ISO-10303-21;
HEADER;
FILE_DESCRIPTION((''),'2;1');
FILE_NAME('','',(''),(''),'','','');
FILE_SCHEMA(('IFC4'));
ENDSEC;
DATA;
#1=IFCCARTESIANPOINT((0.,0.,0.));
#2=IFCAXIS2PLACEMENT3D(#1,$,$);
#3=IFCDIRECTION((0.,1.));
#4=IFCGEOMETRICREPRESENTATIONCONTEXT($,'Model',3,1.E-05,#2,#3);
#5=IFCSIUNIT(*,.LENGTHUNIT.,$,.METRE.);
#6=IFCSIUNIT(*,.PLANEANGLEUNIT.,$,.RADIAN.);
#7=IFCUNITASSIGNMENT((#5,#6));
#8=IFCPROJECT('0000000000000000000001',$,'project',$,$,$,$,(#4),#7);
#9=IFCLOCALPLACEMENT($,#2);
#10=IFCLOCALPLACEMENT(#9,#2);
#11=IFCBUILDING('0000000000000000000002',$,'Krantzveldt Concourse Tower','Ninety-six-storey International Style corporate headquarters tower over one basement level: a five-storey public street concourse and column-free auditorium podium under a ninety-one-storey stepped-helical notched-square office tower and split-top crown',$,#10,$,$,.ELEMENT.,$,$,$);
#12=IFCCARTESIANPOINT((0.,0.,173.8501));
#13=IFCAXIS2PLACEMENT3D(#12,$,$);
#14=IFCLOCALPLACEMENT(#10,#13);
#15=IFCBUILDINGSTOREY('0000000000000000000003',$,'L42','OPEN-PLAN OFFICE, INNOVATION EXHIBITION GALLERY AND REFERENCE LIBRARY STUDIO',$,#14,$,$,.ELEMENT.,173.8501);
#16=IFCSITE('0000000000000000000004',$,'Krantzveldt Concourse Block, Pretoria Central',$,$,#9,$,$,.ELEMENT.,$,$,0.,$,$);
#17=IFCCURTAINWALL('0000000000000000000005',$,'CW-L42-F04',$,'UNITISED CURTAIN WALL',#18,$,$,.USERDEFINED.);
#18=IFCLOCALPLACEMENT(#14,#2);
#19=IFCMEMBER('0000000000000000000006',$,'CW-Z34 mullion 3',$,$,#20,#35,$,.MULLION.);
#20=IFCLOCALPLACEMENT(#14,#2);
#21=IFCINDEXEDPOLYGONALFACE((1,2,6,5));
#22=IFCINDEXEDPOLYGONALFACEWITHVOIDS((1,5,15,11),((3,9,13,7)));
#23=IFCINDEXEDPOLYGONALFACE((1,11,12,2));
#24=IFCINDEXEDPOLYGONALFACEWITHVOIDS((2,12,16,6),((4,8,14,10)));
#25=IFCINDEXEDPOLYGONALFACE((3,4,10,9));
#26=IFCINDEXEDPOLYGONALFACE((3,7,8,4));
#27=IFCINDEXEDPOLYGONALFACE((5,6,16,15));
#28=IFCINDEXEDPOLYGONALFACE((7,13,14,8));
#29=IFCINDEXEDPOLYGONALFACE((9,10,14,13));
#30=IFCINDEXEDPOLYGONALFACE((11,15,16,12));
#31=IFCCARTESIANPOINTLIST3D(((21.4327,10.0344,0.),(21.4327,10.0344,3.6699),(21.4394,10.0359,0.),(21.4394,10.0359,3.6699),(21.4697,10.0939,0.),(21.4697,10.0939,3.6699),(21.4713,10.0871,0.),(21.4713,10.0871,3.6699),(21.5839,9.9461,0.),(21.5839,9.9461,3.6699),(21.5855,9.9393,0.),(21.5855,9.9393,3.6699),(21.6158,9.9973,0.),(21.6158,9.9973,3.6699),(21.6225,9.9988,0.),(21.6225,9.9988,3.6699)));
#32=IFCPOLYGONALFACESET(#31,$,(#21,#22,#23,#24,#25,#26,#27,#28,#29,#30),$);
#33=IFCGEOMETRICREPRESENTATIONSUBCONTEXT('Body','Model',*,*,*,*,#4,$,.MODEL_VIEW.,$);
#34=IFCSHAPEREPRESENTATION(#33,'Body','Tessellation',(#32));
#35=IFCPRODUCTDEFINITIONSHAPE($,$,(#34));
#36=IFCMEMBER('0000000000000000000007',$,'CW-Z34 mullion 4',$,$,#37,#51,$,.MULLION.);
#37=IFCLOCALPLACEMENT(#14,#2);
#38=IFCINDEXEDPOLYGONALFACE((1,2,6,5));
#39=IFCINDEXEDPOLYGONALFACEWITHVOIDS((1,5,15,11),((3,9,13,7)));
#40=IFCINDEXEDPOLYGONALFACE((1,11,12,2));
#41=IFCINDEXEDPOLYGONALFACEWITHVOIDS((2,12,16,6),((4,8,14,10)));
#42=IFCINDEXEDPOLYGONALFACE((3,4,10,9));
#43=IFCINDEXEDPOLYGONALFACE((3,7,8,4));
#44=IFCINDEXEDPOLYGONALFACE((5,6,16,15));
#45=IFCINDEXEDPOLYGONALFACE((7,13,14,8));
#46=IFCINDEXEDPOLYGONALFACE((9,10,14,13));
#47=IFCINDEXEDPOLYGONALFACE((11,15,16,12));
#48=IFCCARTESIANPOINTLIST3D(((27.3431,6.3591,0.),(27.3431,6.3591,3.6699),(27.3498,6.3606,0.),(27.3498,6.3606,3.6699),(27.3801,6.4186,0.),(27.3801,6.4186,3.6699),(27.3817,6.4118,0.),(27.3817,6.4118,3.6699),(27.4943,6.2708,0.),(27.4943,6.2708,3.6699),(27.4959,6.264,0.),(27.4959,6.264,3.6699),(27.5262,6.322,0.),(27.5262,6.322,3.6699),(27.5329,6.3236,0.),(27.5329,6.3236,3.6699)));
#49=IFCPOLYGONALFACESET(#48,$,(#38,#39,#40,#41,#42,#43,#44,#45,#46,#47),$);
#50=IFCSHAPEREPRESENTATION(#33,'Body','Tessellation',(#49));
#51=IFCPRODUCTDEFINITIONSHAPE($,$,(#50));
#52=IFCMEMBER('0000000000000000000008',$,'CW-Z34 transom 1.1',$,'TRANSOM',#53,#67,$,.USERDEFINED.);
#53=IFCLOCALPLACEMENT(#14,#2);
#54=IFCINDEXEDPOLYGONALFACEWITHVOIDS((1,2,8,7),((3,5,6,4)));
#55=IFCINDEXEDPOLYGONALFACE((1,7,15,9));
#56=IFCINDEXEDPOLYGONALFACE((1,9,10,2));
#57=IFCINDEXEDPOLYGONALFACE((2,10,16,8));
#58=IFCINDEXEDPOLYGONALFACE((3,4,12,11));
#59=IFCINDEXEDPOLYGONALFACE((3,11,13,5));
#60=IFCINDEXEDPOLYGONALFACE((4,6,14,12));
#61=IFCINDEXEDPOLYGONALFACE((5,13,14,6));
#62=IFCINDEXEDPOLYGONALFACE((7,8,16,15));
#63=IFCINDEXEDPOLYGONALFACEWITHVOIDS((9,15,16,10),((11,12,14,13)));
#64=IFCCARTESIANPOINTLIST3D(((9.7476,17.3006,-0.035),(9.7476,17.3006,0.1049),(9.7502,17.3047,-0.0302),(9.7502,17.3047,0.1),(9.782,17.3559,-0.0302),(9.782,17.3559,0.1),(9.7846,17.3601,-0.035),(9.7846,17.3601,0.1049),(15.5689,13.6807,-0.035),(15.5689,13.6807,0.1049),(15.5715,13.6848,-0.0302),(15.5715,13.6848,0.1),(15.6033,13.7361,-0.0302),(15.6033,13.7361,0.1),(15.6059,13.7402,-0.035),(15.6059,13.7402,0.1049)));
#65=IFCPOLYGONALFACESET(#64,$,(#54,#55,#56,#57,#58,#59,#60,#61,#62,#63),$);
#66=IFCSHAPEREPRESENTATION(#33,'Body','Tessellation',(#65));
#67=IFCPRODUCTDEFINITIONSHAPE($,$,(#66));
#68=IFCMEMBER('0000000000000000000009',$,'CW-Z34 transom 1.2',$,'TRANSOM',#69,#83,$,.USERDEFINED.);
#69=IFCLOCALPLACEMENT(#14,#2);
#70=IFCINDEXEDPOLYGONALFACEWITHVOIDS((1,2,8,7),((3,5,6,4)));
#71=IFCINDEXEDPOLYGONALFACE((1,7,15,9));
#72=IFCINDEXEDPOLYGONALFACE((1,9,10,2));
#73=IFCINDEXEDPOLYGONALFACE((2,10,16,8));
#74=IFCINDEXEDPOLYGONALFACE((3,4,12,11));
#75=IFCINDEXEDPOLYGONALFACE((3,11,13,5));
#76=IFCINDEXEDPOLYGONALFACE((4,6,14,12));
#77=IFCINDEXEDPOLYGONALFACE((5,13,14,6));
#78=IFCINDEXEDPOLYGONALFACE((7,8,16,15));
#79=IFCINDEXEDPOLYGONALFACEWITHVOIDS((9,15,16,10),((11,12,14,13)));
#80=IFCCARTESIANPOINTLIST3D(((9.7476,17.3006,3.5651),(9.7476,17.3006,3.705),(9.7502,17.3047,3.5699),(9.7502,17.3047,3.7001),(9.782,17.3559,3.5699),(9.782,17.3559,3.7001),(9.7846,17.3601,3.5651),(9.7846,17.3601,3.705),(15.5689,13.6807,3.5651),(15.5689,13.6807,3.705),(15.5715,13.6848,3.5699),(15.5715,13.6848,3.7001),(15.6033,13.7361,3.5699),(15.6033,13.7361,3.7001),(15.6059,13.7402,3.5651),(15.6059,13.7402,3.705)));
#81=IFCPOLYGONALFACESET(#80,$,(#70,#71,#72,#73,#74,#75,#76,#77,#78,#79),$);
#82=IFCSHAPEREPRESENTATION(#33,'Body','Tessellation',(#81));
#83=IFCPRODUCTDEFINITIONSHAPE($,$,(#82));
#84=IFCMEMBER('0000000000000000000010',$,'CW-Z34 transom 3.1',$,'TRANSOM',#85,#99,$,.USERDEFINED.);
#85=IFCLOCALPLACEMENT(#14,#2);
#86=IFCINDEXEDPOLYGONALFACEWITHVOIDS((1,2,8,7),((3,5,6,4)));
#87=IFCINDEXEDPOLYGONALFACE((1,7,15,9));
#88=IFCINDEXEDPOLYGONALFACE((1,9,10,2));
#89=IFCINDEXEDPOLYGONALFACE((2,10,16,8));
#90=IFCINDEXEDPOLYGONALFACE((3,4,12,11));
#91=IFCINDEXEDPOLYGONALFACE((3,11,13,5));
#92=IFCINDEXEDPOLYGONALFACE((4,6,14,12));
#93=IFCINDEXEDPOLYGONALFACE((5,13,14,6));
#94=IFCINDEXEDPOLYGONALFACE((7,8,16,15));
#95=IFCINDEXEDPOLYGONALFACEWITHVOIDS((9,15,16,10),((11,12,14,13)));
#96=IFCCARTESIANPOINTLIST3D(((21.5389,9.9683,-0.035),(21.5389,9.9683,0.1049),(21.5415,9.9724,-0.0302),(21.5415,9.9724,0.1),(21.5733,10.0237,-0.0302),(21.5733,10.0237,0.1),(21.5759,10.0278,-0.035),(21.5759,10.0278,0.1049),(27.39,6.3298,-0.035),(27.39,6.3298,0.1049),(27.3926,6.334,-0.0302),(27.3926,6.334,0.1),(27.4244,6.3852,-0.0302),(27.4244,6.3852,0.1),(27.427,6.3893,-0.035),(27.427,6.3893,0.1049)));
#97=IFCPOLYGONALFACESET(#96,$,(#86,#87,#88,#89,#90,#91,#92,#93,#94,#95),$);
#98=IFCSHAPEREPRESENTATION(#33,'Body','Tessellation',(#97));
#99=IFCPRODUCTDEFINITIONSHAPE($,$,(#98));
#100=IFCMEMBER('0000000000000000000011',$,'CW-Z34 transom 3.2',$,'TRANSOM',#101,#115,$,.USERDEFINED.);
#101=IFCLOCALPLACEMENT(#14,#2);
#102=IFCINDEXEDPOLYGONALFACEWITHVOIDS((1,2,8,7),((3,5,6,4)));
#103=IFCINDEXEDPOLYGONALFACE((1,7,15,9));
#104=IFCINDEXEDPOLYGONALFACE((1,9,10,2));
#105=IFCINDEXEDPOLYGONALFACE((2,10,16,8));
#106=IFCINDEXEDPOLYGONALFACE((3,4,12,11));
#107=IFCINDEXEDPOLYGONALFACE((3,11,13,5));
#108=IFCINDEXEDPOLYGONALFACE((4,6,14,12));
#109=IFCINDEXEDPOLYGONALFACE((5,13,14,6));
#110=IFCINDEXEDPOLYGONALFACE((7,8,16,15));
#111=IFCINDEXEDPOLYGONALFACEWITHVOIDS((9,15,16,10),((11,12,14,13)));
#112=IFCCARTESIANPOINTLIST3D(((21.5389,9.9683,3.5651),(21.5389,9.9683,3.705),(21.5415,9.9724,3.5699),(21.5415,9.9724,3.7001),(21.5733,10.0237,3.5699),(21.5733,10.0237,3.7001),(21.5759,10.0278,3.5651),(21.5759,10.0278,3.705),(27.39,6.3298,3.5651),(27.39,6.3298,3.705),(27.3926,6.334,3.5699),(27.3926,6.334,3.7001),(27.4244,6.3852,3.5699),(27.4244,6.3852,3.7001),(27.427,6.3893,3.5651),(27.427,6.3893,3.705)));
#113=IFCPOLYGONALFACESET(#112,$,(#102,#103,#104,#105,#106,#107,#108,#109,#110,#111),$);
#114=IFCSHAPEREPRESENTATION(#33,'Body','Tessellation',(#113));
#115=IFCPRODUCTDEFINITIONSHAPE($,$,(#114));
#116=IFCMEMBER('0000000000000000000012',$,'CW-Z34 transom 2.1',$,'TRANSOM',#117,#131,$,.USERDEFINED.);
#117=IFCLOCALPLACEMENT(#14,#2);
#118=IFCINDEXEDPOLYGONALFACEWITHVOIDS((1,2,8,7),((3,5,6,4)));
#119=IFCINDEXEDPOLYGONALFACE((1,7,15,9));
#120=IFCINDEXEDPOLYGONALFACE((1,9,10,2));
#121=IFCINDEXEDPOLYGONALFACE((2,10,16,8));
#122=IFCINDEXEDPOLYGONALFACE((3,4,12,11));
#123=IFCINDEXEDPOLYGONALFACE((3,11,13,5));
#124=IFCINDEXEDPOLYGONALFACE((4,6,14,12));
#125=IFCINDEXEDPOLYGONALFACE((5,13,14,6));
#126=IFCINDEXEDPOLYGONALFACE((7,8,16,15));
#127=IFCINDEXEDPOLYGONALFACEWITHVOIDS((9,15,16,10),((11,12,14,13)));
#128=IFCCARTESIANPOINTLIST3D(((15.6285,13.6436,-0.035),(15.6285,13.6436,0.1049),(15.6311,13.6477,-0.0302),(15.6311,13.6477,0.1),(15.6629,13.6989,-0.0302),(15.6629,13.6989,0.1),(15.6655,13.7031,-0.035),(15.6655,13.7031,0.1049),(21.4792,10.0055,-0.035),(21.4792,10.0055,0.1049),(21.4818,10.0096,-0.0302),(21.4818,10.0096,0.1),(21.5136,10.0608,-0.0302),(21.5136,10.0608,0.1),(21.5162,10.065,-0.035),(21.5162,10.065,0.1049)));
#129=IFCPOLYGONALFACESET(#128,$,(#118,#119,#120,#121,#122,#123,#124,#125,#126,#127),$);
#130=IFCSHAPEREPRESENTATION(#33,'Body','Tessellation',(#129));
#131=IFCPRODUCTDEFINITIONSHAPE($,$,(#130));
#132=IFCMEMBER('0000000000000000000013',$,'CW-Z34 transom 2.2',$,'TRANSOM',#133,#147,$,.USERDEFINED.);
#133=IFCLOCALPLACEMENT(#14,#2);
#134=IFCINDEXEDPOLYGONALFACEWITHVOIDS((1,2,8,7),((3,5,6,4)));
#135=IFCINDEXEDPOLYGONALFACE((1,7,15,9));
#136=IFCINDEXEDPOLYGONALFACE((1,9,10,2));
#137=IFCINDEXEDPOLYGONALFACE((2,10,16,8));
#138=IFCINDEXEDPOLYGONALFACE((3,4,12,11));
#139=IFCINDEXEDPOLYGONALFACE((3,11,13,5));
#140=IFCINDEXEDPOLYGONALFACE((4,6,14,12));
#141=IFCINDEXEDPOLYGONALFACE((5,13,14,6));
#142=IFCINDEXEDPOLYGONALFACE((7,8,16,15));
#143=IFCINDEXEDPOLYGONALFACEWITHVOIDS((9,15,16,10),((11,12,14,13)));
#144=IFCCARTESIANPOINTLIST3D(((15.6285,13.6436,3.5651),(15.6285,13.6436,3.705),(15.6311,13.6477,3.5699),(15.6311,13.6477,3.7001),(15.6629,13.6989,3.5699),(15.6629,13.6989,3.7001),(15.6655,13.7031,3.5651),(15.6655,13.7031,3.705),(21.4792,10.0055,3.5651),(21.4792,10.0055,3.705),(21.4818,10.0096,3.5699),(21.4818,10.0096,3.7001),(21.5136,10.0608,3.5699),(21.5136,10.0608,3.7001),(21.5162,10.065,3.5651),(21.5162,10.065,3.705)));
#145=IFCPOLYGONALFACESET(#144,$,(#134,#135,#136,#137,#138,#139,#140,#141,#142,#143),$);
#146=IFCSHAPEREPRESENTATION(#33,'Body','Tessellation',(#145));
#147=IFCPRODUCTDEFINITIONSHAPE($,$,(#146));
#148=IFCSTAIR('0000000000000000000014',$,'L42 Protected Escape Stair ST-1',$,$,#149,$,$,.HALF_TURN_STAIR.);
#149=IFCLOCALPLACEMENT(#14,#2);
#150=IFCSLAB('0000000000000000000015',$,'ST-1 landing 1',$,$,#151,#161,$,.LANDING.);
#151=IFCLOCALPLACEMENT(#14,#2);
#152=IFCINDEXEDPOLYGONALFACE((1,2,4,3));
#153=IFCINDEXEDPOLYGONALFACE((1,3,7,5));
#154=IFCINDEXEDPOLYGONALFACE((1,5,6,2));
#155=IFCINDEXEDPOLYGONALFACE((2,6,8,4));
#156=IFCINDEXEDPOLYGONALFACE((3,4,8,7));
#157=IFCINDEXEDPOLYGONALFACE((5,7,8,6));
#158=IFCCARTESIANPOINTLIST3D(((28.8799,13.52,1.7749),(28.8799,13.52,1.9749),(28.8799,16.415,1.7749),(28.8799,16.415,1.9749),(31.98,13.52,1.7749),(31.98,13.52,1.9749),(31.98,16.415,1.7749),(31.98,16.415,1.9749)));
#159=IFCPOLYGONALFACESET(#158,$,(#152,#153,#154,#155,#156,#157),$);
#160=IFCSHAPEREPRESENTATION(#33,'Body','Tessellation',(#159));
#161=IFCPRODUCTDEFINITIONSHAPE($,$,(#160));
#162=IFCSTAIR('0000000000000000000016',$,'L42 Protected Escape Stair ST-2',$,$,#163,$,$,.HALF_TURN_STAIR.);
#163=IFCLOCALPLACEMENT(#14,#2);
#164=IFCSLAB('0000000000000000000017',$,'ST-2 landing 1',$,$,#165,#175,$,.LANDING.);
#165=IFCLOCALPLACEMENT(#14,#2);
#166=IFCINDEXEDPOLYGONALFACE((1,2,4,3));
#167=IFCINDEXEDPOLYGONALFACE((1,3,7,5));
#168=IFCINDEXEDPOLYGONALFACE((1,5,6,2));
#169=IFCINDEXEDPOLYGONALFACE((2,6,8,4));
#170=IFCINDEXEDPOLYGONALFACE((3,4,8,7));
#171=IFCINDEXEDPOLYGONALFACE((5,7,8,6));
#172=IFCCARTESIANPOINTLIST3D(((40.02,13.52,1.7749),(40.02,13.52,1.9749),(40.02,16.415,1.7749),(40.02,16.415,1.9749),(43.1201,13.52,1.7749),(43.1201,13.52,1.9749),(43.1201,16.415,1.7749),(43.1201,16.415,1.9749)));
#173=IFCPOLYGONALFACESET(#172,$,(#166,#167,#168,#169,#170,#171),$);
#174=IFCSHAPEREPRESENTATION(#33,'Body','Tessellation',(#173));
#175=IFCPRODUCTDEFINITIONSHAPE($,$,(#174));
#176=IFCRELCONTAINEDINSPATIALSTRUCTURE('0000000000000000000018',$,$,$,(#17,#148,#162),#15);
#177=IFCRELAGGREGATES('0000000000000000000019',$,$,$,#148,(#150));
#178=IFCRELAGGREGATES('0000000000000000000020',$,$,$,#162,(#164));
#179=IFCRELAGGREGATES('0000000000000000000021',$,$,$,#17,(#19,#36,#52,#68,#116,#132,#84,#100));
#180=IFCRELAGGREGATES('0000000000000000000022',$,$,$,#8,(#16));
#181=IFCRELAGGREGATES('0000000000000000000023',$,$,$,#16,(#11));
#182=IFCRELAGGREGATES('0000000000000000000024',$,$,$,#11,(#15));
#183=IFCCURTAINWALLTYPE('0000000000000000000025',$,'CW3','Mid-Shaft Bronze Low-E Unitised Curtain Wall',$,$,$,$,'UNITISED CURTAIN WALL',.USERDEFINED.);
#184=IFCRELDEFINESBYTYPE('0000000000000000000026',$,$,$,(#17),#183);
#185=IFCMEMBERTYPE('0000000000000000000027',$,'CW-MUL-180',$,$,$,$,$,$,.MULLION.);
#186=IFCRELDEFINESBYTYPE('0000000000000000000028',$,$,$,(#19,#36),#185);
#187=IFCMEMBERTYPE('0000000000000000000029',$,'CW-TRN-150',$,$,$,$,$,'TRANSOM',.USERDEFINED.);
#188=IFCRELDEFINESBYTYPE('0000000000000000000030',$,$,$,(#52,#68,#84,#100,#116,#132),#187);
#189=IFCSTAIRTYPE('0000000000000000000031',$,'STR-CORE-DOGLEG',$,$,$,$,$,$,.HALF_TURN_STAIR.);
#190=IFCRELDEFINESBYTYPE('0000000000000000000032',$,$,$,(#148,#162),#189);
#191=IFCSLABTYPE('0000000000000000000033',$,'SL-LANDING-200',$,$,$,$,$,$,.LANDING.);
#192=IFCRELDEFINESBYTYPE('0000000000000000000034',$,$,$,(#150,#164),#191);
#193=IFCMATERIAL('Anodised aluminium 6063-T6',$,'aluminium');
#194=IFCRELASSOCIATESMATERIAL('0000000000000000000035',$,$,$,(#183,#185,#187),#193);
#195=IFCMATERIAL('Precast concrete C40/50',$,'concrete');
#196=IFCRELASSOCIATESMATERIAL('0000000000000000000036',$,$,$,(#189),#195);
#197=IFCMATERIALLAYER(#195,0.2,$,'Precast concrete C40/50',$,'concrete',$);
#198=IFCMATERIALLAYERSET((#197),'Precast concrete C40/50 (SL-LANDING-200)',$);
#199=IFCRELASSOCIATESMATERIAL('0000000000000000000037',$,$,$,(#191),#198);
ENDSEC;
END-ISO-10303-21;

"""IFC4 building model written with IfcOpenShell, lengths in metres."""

from ifc_helpers import new_model, si_unit, direction, frame, origin, origin_2d, place, context, subcontext, project, spatial, polyline, hollow_rectangle, outline, extrude, source, transform, mapped, material, layer, layer_set, material_profile, profile_set, type_object, type_shapes, element, aggregate, save


model = new_model("IFC4")

# Units and contexts
model_context = context("Model", 3, precision=1e-05, world=origin(), true_north=direction((0.0, 1.0)))
body_context = subcontext(model_context, "Body", "Model", "MODEL_VIEW")
ifc_project = project(units=[si_unit("LENGTHUNIT", "METRE"), si_unit("PLANEANGLEUNIT", "RADIAN")], contexts=[model_context])

# Site, building, storey
site_placement = place(None, origin())
site = spatial("IfcSite", under=ifc_project, at=site_placement, Name="Krantzveldt Concourse Block, Pretoria Central", CompositionType="ELEMENT", RefElevation=0.0)
building_placement = place(site_placement, origin())
building = spatial("IfcBuilding", under=site, at=building_placement, Name="Krantzveldt Concourse Tower", Description="Ninety-six-storey International Style corporate headquarters tower over one basement level: a five-storey public street concourse and column-free auditorium podium under a ninety-one-storey stepped-helical notched-square office tower and split-top crown", CompositionType="ELEMENT")
storey_placement = place(building_placement, frame((0.0, 0.0, 173.8501)))
storey = spatial("IfcBuildingStorey", under=building, at=storey_placement, Name="L42", Description="OPEN-PLAN OFFICE, INNOVATION EXHIBITION GALLERY AND REFERENCE LIBRARY STUDIO", CompositionType="ELEMENT", Elevation=173.8501)

# Curtain wall, members
ifc_material_1 = material(Name="Anodised aluminium 6063-T6", Category="aluminium")
curtain_wall_type = type_object("IfcCurtainWallType", Name="CW3", Description="Mid-Shaft Bronze Low-E Unitised Curtain Wall", ElementType="UNITISED CURTAIN WALL", PredefinedType="USERDEFINED", material=ifc_material_1)
curtain_wall_placement = place(storey_placement, origin())
curtain_wall = element("IfcCurtainWall", 1, at=curtain_wall_placement, inside=storey, type_object=curtain_wall_type, Name="CW-L42-F04", ObjectType="UNITISED CURTAIN WALL", PredefinedType="USERDEFINED")
ifc_material_profile_1 = material_profile(ifc_material_1, hollow_rectangle(XDim=0.0701, YDim=0.1799, WallThickness=0.0049, at=origin_2d()), Name="Anodised aluminium 6063-T6", Category="aluminium")
ifc_profile_set_1 = profile_set([ifc_material_profile_1], Name="Anodised aluminium 6063-T6 - ALU-MULL 180x70x5")
member_type_1 = type_object("IfcMemberType", Name="CW-MUL-180", PredefinedType="MULLION", material=ifc_profile_set_1)
shared_shape_1 = source(origin(), body_context, "Body", "SweptSolid", [
    extrude(hollow_rectangle(XDim=0.0701, YDim=0.1799, WallThickness=0.0049, at=origin_2d()), origin(), (0.0, 0.0, 1.0), 3.6699),
])
type_shapes(member_type_1, [shared_shape_1])
member_1_placement = place(storey_placement, frame((21.5276, 10.0166, 0.0), z_axis=(0.0, 0.0, 1.0), x_axis=(0.528068, 0.849202, 0.0)))
member_1 = element("IfcMember", 2, at=member_1_placement, type_object=member_type_1, Name="CW-Z34 mullion 3", PredefinedType="MULLION", context=body_context, shape_type="MappedRepresentation", body=[
    mapped(shared_shape_1, transform((0.0, 0.0, 0.0), x_axis=(1.0, 0.0, 0.0), y_axis=(0.0, 1.0, 0.0), z_axis=(0.0, 0.0, 1.0), scale=1.0)),
])
member_2_placement = place(storey_placement, frame((27.438, 6.3413, 0.0), z_axis=(0.0, 0.0, 1.0), x_axis=(0.528068, 0.849202, 0.0)))
member_2 = element("IfcMember", 3, at=member_2_placement, type_object=member_type_1, Name="CW-Z34 mullion 4", PredefinedType="MULLION", context=body_context, shape_type="MappedRepresentation", body=[
    mapped(shared_shape_1, transform((0.0, 0.0, 0.0), x_axis=(1.0, 0.0, 0.0), y_axis=(0.0, 1.0, 0.0), z_axis=(0.0, 0.0, 1.0), scale=1.0)),
])
ifc_material_profile_2 = material_profile(ifc_material_1, hollow_rectangle(XDim=0.0701, YDim=0.1399, WallThickness=0.0049, at=origin_2d()), Name="Anodised aluminium 6063-T6", Category="aluminium")
ifc_profile_set_2 = profile_set([ifc_material_profile_2], Name="Anodised aluminium 6063-T6 - ALU-TRAN 140x70x5")
member_type_2 = type_object("IfcMemberType", Name="CW-TRN-150", ElementType="TRANSOM", PredefinedType="USERDEFINED", material=ifc_profile_set_2)
shared_shape_2 = source(origin(), body_context, "Body", "SweptSolid", [
    extrude(hollow_rectangle(XDim=0.0701, YDim=0.1399, WallThickness=0.0049, at=origin_2d()), origin(), (0.0, 0.0, 1.0), 6.855),
])
member_3_placement = place(storey_placement, frame((9.7661, 17.3303, 0.0349), z_axis=(0.849205, -0.528064, 0.0), x_axis=(0.528064, 0.849205, 0.0)))
member_3 = element("IfcMember", 4, at=member_3_placement, type_object=member_type_2, Name="CW-Z34 transom 1.1", ObjectType="TRANSOM", PredefinedType="USERDEFINED", context=body_context, shape_type="MappedRepresentation", body=[
    mapped(shared_shape_2, transform((0.0, 0.0, 0.0), x_axis=(1.0, 0.0, 0.0), y_axis=(0.0, 1.0, 0.0), z_axis=(0.0, 0.0, 1.0), scale=1.0)),
])
member_4_placement = place(storey_placement, frame((9.7661, 17.3303, 3.635), z_axis=(0.849205, -0.528064, 0.0), x_axis=(0.528064, 0.849205, 0.0)))
member_4 = element("IfcMember", 5, at=member_4_placement, type_object=member_type_2, Name="CW-Z34 transom 1.2", ObjectType="TRANSOM", PredefinedType="USERDEFINED", context=body_context, shape_type="MappedRepresentation", body=[
    mapped(shared_shape_2, transform((0.0, 0.0, 0.0), x_axis=(1.0, 0.0, 0.0), y_axis=(0.0, 1.0, 0.0), z_axis=(0.0, 0.0, 1.0), scale=1.0)),
])
shared_shape_3 = source(origin(), body_context, "Body", "SweptSolid", [
    extrude(hollow_rectangle(XDim=0.0701, YDim=0.1399, WallThickness=0.0049, at=origin_2d()), origin(), (0.0, 0.0, 1.0), 6.8901),
])
member_5_placement = place(storey_placement, frame((21.5574, 9.998, 0.0349), z_axis=(0.849202, -0.528067, 0.0), x_axis=(0.528067, 0.849202, 0.0)))
member_5 = element("IfcMember", 6, at=member_5_placement, type_object=member_type_2, Name="CW-Z34 transom 3.1", ObjectType="TRANSOM", PredefinedType="USERDEFINED", context=body_context, shape_type="MappedRepresentation", body=[
    mapped(shared_shape_3, transform((0.0, 0.0, 0.0), x_axis=(1.0, 0.0, 0.0), y_axis=(0.0, 1.0, 0.0), z_axis=(0.0, 0.0, 1.0), scale=1.0)),
])
member_6_placement = place(storey_placement, frame((21.5574, 9.998, 3.635), z_axis=(0.849202, -0.528067, 0.0), x_axis=(0.528067, 0.849202, 0.0)))
member_6 = element("IfcMember", 7, at=member_6_placement, type_object=member_type_2, Name="CW-Z34 transom 3.2", ObjectType="TRANSOM", PredefinedType="USERDEFINED", context=body_context, shape_type="MappedRepresentation", body=[
    mapped(shared_shape_3, transform((0.0, 0.0, 0.0), x_axis=(1.0, 0.0, 0.0), y_axis=(0.0, 1.0, 0.0), z_axis=(0.0, 0.0, 1.0), scale=1.0)),
])
shared_shape_4 = source(origin(), body_context, "Body", "SweptSolid", [
    extrude(hollow_rectangle(XDim=0.0701, YDim=0.1399, WallThickness=0.0049, at=origin_2d()), origin(), (0.0, 0.0, 1.0), 6.8896),
])
type_shapes(member_type_2, [shared_shape_2, shared_shape_3, shared_shape_4])
member_7_placement = place(storey_placement, frame((15.647, 13.6733, 0.0349), z_axis=(0.849208, -0.528058, 0.0), x_axis=(0.528058, 0.849208, 0.0)))
member_7 = element("IfcMember", 8, at=member_7_placement, type_object=member_type_2, Name="CW-Z34 transom 2.1", ObjectType="TRANSOM", PredefinedType="USERDEFINED", context=body_context, shape_type="MappedRepresentation", body=[
    mapped(shared_shape_4, transform((0.0, 0.0, 0.0), x_axis=(1.0, 0.0, 0.0), y_axis=(0.0, 1.0, 0.0), z_axis=(0.0, 0.0, 1.0), scale=1.0)),
])
member_8_placement = place(storey_placement, frame((15.647, 13.6733, 3.635), z_axis=(0.849208, -0.528058, 0.0), x_axis=(0.528058, 0.849208, 0.0)))
member_8 = element("IfcMember", 9, at=member_8_placement, type_object=member_type_2, Name="CW-Z34 transom 2.2", ObjectType="TRANSOM", PredefinedType="USERDEFINED", context=body_context, shape_type="MappedRepresentation", body=[
    mapped(shared_shape_4, transform((0.0, 0.0, 0.0), x_axis=(1.0, 0.0, 0.0), y_axis=(0.0, 1.0, 0.0), z_axis=(0.0, 0.0, 1.0), scale=1.0)),
])

# Stairs, slabs
ifc_material_2 = material(Name="Precast concrete C40/50", Category="concrete")
stair_type = type_object("IfcStairType", Name="STR-CORE-DOGLEG", PredefinedType="HALF_TURN_STAIR", material=ifc_material_2)
stair_1_placement = place(storey_placement, origin())
stair_1 = element("IfcStair", 10, at=stair_1_placement, inside=storey, type_object=stair_type, Name="L42 Protected Escape Stair ST-1", PredefinedType="HALF_TURN_STAIR")
ifc_layer_1 = layer(ifc_material_2, 0.2, Name="Precast concrete C40/50", Category="concrete")
ifc_layer_set_1 = layer_set([ifc_layer_1], Name="Precast concrete C40/50 (SL-LANDING-200)")
slab_type_1 = type_object("IfcSlabType", Name="SL-LANDING-200", PredefinedType="LANDING", material=ifc_layer_set_1)
slab_1_placement = place(storey_placement, frame((0.0, 0.0, 1.7749)))
slab_1 = element("IfcSlab", 11, at=slab_1_placement, type_object=slab_type_1, Name="ST-1 landing 1", PredefinedType="LANDING", context=body_context, shape_type="SweptSolid", body=[
    extrude(outline(polyline([(28.8799, 16.415), (28.8799, 13.52), (31.98, 13.52), (31.98, 16.415), (28.8799, 16.415)])), origin(), (0.0, 0.0, 1.0), 0.2),
])
aggregate(stair_1, [slab_1])
stair_2_placement = place(storey_placement, origin())
stair_2 = element("IfcStair", 12, at=stair_2_placement, inside=storey, type_object=stair_type, Name="L42 Protected Escape Stair ST-2", PredefinedType="HALF_TURN_STAIR")
slab_2_placement = place(storey_placement, frame((0.0, 0.0, 1.7749)))
slab_2 = element("IfcSlab", 13, at=slab_2_placement, type_object=slab_type_1, Name="ST-2 landing 1", PredefinedType="LANDING", context=body_context, shape_type="SweptSolid", body=[
    extrude(outline(polyline([(40.02, 16.415), (40.02, 13.52), (43.1201, 13.52), (43.1201, 16.415), (40.02, 16.415)])), origin(), (0.0, 0.0, 1.0), 0.2),
])
aggregate(stair_2, [slab_2])

aggregate(curtain_wall, [member_1, member_2, member_3, member_4, member_7, member_8, member_5, member_6])

save(model, "model.ifc")
